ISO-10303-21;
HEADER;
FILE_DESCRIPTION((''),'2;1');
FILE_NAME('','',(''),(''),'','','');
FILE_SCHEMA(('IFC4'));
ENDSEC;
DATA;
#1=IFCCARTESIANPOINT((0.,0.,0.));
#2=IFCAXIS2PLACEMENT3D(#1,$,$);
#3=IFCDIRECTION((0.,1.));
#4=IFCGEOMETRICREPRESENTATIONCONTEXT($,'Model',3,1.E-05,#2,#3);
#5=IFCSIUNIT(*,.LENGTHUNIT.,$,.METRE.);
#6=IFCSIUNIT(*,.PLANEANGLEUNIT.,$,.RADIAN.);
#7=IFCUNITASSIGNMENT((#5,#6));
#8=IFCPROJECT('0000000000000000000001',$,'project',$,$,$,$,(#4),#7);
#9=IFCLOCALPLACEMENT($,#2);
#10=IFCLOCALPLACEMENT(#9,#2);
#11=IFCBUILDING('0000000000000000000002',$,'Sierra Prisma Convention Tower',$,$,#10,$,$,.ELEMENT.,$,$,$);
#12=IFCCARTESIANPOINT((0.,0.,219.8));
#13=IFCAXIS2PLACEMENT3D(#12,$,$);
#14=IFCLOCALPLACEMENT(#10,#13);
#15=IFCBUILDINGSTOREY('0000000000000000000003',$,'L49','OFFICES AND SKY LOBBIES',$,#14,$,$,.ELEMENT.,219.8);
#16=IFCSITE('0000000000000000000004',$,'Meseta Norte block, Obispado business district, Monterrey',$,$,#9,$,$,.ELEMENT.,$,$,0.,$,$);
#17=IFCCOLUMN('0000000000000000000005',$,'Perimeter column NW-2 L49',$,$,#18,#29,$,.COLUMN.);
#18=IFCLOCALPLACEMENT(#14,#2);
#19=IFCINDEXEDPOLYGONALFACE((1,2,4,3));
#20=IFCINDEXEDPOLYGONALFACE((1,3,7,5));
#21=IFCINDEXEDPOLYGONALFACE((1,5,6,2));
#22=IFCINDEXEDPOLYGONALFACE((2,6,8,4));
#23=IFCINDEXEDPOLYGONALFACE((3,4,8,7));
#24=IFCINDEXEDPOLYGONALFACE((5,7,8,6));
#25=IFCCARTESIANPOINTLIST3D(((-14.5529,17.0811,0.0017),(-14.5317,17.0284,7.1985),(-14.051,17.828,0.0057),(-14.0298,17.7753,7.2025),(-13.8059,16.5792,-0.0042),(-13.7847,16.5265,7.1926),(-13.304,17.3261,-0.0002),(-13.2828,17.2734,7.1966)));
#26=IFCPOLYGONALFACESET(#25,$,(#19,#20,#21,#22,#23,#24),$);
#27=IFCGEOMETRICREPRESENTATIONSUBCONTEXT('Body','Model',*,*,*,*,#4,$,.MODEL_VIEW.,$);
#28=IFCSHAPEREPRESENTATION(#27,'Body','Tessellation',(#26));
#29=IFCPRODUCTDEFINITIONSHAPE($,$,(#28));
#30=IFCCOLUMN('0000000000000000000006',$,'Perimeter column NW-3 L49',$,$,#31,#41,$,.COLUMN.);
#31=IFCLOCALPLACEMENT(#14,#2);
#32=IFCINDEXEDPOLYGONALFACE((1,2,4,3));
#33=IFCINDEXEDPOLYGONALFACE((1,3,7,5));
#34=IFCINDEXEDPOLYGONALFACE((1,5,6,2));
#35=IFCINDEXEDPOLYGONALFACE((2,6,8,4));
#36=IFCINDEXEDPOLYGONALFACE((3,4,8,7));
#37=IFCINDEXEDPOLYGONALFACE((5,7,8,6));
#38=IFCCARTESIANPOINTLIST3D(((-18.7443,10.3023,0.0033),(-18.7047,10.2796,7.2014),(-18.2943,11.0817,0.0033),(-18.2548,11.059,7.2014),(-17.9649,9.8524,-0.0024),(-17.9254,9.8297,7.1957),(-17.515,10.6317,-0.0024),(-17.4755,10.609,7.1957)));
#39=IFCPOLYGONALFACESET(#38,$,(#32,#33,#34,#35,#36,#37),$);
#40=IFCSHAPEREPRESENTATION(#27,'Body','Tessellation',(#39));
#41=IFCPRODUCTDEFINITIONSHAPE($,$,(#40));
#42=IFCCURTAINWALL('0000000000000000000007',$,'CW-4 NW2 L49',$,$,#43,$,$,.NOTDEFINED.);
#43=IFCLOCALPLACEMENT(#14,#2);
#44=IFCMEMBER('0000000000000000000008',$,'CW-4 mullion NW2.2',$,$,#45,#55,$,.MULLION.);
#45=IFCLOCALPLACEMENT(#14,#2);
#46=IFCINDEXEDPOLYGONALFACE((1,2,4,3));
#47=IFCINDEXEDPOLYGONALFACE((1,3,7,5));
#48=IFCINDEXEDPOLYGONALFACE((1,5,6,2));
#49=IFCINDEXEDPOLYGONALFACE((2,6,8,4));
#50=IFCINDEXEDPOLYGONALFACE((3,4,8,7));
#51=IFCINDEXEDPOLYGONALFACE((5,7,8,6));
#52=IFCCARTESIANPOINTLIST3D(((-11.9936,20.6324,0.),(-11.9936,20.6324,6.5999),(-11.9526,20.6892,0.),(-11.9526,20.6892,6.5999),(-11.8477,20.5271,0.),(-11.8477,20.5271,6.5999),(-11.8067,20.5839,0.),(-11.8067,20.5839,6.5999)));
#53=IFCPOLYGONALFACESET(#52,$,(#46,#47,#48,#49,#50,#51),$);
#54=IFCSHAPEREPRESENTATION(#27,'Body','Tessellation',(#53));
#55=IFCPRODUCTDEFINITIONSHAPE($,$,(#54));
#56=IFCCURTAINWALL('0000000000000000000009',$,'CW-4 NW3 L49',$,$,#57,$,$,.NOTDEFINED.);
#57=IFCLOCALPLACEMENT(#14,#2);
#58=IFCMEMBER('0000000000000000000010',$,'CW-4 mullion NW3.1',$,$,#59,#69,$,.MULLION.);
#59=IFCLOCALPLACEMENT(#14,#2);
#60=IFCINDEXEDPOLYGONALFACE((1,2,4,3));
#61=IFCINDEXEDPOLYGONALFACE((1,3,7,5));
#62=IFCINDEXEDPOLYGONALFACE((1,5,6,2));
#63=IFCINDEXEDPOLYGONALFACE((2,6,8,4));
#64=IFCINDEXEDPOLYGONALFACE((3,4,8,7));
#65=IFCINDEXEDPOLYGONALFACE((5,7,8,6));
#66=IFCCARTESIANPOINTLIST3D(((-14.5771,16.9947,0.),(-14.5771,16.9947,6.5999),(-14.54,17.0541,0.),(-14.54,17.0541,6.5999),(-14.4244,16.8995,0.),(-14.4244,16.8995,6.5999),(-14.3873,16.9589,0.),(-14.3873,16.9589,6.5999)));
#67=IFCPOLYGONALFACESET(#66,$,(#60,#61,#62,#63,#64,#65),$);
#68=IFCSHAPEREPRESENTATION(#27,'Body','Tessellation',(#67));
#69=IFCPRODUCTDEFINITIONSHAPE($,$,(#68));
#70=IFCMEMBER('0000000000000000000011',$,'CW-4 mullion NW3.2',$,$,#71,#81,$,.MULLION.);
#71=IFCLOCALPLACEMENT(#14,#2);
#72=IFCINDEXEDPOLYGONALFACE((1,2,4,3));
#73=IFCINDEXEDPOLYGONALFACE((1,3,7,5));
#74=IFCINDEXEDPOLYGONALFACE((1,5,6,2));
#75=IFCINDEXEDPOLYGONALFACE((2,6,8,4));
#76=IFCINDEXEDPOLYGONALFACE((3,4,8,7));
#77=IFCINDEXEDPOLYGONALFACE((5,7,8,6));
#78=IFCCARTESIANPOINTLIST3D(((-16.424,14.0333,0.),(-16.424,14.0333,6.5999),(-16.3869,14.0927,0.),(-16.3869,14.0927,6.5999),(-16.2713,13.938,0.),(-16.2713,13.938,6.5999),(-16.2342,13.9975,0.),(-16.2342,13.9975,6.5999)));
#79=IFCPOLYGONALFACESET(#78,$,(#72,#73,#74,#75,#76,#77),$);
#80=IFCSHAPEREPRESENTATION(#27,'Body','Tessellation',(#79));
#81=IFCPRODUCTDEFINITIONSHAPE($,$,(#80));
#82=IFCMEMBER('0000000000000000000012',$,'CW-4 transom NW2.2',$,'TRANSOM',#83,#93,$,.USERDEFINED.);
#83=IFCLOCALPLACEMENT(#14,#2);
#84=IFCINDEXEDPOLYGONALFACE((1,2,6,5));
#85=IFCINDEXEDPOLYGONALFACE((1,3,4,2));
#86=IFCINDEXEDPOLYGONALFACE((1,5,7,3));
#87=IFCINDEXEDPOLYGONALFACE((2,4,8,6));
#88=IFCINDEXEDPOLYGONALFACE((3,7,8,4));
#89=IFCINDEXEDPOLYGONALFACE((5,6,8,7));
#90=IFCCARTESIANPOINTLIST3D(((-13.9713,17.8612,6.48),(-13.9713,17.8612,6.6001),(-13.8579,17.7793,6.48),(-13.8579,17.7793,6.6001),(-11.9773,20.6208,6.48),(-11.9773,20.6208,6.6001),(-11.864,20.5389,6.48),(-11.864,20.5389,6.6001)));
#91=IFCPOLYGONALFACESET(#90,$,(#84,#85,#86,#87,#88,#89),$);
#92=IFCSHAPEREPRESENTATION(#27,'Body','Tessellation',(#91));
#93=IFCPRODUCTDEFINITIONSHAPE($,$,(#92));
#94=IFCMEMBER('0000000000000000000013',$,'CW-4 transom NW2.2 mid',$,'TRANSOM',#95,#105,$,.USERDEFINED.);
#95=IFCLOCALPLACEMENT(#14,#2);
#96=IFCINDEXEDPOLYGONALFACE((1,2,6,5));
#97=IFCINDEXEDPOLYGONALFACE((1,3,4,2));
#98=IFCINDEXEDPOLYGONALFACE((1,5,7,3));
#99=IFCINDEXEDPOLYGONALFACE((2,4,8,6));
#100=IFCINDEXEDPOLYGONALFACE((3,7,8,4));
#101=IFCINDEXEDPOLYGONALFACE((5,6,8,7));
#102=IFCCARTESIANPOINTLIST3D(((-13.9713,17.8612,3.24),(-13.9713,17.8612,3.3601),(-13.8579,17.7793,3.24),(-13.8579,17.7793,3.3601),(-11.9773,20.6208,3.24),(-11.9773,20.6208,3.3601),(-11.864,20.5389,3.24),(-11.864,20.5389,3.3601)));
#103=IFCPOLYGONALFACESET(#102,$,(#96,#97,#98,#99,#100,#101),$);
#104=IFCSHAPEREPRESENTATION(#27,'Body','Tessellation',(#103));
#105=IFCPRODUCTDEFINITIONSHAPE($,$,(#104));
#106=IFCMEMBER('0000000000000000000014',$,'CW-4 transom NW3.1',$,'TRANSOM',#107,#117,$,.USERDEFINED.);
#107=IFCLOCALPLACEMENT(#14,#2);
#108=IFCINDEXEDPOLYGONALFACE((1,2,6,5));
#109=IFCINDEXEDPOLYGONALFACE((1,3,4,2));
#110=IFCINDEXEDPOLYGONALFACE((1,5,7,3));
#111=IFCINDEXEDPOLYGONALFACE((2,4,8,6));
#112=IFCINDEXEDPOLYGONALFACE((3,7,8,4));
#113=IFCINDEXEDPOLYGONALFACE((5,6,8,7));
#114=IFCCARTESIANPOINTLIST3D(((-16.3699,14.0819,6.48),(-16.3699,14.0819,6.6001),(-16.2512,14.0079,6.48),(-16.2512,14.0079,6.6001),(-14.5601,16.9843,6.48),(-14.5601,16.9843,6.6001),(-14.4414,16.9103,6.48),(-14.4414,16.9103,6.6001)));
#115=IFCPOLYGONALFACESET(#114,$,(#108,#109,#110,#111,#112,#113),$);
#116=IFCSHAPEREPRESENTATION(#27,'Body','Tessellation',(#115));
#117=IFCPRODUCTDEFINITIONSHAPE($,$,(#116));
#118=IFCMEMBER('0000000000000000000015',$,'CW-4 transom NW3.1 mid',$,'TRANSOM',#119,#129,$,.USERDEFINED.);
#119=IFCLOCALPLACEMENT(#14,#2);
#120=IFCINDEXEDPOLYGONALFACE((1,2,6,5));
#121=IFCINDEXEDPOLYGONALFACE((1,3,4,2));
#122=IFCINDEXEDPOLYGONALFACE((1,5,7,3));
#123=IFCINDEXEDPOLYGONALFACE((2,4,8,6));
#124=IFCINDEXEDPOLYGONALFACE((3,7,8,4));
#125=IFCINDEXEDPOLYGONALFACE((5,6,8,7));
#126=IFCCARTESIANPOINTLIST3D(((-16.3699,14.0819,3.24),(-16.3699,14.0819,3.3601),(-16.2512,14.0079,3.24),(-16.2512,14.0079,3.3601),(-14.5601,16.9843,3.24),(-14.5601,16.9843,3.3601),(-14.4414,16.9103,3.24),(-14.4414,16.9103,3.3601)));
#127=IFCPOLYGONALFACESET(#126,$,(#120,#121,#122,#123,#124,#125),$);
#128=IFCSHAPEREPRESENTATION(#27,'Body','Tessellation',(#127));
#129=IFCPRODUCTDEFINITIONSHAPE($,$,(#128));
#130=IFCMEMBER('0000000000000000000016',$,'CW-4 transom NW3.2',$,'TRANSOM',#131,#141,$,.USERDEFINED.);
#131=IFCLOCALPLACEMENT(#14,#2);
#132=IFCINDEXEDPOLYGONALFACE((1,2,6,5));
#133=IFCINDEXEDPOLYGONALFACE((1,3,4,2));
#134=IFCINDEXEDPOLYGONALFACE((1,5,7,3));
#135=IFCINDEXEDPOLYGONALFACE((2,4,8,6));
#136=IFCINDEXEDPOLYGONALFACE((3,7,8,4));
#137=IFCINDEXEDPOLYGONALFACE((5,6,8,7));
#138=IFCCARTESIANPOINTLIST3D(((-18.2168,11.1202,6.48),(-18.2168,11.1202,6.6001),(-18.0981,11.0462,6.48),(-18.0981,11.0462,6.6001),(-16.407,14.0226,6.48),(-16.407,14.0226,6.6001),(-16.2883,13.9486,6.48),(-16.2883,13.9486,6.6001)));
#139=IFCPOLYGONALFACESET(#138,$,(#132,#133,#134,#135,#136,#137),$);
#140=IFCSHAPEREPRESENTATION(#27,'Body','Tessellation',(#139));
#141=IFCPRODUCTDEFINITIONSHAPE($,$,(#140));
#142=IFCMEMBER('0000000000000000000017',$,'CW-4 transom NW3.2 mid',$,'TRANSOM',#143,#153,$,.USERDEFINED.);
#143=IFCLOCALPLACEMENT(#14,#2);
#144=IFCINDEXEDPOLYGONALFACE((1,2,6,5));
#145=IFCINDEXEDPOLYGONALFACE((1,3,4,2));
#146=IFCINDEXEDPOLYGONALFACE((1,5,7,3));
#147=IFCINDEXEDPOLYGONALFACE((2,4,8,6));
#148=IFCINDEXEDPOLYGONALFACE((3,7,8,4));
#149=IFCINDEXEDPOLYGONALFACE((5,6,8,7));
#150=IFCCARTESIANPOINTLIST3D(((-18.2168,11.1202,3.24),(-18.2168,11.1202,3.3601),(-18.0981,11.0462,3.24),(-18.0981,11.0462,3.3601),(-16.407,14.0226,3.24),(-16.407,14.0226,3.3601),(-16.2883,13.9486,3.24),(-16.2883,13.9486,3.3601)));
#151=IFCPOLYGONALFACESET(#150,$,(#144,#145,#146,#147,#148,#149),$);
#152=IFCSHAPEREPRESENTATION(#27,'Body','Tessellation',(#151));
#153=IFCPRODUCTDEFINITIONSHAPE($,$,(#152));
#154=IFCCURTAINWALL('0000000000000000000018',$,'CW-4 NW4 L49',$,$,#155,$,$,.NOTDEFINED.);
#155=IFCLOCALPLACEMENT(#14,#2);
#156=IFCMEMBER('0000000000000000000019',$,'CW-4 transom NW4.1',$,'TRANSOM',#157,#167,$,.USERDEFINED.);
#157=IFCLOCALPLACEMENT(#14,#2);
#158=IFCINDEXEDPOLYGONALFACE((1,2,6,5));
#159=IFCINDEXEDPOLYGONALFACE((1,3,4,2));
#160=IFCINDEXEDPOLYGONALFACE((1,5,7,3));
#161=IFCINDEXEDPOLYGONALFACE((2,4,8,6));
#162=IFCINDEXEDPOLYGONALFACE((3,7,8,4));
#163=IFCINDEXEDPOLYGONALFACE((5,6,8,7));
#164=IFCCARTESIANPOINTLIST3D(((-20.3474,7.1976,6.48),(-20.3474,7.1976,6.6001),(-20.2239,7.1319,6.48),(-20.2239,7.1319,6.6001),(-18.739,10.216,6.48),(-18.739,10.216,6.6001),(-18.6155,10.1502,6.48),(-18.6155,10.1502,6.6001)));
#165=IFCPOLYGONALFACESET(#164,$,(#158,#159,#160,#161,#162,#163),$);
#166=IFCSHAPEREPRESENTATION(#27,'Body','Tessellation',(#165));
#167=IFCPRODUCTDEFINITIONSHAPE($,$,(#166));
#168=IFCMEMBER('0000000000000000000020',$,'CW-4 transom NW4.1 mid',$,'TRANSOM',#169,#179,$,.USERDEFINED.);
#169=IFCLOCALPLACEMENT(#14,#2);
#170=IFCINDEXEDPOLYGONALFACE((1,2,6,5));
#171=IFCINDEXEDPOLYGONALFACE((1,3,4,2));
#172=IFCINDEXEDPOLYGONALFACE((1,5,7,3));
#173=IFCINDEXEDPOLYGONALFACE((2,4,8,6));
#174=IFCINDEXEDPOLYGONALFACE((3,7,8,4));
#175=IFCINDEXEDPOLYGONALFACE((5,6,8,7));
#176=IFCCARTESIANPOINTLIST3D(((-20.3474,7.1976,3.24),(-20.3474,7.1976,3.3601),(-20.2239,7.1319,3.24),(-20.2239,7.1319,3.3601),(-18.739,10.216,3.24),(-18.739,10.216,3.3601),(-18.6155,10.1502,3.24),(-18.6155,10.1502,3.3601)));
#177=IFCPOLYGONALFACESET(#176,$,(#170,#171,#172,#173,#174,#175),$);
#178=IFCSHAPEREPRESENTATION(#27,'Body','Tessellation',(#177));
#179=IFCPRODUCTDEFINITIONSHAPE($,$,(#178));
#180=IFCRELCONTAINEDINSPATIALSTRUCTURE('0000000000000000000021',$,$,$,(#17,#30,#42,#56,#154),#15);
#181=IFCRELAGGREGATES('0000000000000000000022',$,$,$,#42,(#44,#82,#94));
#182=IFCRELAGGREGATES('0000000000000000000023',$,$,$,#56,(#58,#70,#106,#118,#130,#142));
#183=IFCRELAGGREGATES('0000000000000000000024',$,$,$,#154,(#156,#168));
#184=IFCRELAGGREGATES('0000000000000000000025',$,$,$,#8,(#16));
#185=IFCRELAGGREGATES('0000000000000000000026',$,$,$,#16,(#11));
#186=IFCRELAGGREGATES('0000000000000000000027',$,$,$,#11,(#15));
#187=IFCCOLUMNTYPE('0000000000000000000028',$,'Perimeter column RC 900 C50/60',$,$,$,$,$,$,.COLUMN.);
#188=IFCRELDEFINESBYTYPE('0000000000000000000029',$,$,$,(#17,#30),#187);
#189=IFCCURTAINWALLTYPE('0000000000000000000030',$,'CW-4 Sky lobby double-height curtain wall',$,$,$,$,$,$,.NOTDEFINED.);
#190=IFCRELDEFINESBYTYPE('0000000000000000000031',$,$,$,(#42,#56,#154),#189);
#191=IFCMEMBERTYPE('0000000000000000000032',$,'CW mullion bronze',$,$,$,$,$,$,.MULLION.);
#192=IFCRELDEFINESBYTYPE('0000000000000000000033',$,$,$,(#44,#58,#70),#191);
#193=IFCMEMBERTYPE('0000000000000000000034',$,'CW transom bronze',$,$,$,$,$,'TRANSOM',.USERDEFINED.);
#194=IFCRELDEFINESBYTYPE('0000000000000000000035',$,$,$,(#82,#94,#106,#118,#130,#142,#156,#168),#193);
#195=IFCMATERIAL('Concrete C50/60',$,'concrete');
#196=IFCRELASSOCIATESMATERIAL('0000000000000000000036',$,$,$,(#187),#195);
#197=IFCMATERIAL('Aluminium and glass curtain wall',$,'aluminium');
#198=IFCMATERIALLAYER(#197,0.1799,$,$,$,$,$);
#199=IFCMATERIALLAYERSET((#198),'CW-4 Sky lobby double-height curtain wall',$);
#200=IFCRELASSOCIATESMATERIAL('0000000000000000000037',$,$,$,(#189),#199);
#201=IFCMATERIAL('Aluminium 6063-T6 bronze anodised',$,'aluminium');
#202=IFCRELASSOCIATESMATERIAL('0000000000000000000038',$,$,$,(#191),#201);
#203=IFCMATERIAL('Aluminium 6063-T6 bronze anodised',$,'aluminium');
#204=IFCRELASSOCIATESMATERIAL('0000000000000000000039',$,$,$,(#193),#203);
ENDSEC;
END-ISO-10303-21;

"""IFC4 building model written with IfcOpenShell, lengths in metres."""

from ifc_helpers import new_model, si_unit, direction, frame, origin, origin_2d, place, context, subcontext, project, spatial, rectangle, extrude, clip, halfspace, material, layer, layer_set, material_profile, profile_set, type_object, element, aggregate, save


model = new_model("IFC4")

# Units and contexts
model_context = context("Model", 3, precision=1e-05, world=origin(), true_north=direction((0.0, 1.0)))
body_context = subcontext(model_context, "Body", "Model", "MODEL_VIEW")
ifc_project = project(units=[si_unit("LENGTHUNIT", "METRE"), si_unit("PLANEANGLEUNIT", "RADIAN")], contexts=[model_context])

# Site, building, storey
site_placement = place(None, origin())
site = spatial("IfcSite", under=ifc_project, at=site_placement, Name="Meseta Norte block, Obispado business district, Monterrey", CompositionType="ELEMENT", RefElevation=0.0)
building_placement = place(site_placement, origin())
building = spatial("IfcBuilding", under=site, at=building_placement, Name="Sierra Prisma Convention Tower", CompositionType="ELEMENT")
storey_placement = place(building_placement, frame((0.0, 0.0, 219.8)))
storey = spatial("IfcBuildingStorey", under=building, at=storey_placement, Name="L49", Description="OFFICES AND SKY LOBBIES", CompositionType="ELEMENT", Elevation=219.8)

# Columns
ifc_material_1 = material(Name="Concrete C50/60", Category="concrete")
ifc_material_profile_1 = material_profile(ifc_material_1, rectangle(XDim=0.8999, YDim=0.8999, at=origin_2d()), Name="Perimeter column RC 900 C50/60")
ifc_profile_set_1 = profile_set([ifc_material_profile_1], Name="Concrete C50/60")
column_type = type_object("IfcColumnType", Name="Perimeter column RC 900 C50/60", PredefinedType="COLUMN", material=ifc_profile_set_1)
column_1_placement = place(storey_placement, frame((-13.9285, 17.2036, 0.0), z_axis=(0.00295, -0.007324, 0.999969), x_axis=(0.557725, 0.830014, 0.004434)))
element("IfcColumn", 1, at=column_1_placement, inside=storey, type_object=column_type, Name="Perimeter column NW-2 L49", PredefinedType="COLUMN", context=body_context, shape_type="SweptSolid", body=[
    clip(clip(extrude(rectangle(XDim=0.8999, YDim=0.8999, at=origin_2d()), origin(), (0.0, 0.0, 1.0), 7.2002), halfspace(frame((0.0, 0.0, 0.0007)), True)), halfspace(frame((0.0, 0.0, 7.1978)), False)),
])
column_2_placement = place(storey_placement, frame((-18.1296, 10.467, 0.0), z_axis=(0.005493, -0.003153, 0.99998), x_axis=(0.499992, 0.86603, -0.000016)))
element("IfcColumn", 2, at=column_2_placement, inside=storey, type_object=column_type, Name="Perimeter column NW-3 L49", PredefinedType="COLUMN", context=body_context, shape_type="SweptSolid", body=[
    clip(clip(extrude(rectangle(XDim=0.8999, YDim=0.8999, at=origin_2d()), origin(), (0.0, 0.0, 1.0), 7.2002), halfspace(frame((0.0, 0.0, 0.0005)), True)), halfspace(frame((0.0, 0.0, 7.1987)), False)),
])

# Curtain wall, member
ifc_material_2 = material(Name="Aluminium and glass curtain wall", Category="aluminium")
ifc_layer_1 = layer(ifc_material_2, 0.1799)
ifc_layer_set_1 = layer_set([ifc_layer_1], Name="CW-4 Sky lobby double-height curtain wall")
curtain_wall_type = type_object("IfcCurtainWallType", Name="CW-4 Sky lobby double-height curtain wall", PredefinedType="NOTDEFINED", material=ifc_layer_set_1)
curtain_wall_1_placement = place(storey_placement, origin())
curtain_wall_1 = element("IfcCurtainWall", 3, at=curtain_wall_1_placement, inside=storey, type_object=curtain_wall_type, Name="CW-4 NW2 L49", PredefinedType="NOTDEFINED")
ifc_material_3 = material(Name="Aluminium 6063-T6 bronze anodised", Category="aluminium")
ifc_material_profile_2 = material_profile(ifc_material_3, rectangle(XDim=0.1799, YDim=0.0701, at=origin_2d()), Name="ALU MULLION 70x180")
ifc_profile_set_2 = profile_set([ifc_material_profile_2], Name="Aluminium 6063-T6 bronze anodised")
member_type_1 = type_object("IfcMemberType", Name="CW mullion bronze", PredefinedType="MULLION", material=ifc_profile_set_2)
member_1_placement = place(storey_placement, frame((-11.9001, 20.6082, 0.0), z_axis=(0.0, 0.0, 1.0), x_axis=(0.810572, -0.58564, 0.0)))
member_1 = element("IfcMember", 4, at=member_1_placement, type_object=member_type_1, Name="CW-4 mullion NW2.2", PredefinedType="MULLION", context=body_context, shape_type="SweptSolid", body=[
    extrude(rectangle(XDim=0.1799, YDim=0.0701, at=origin_2d()), origin(), (0.0, 0.0, 1.0), 6.5999),
])

# Curtain wall, members
curtain_wall_2_placement = place(storey_placement, origin())
curtain_wall_2 = element("IfcCurtainWall", 5, at=curtain_wall_2_placement, inside=storey, type_object=curtain_wall_type, Name="CW-4 NW3 L49", PredefinedType="NOTDEFINED")
member_2_placement = place(storey_placement, frame((-14.4822, 16.9768, 0.0), z_axis=(0.0, 0.0, 1.0), x_axis=(0.848516, -0.52917, 0.0)))
member_2 = element("IfcMember", 6, at=member_2_placement, type_object=member_type_1, Name="CW-4 mullion NW3.1", PredefinedType="MULLION", context=body_context, shape_type="SweptSolid", body=[
    extrude(rectangle(XDim=0.1799, YDim=0.0701, at=origin_2d()), origin(), (0.0, 0.0, 1.0), 6.5999),
])
member_3_placement = place(storey_placement, frame((-16.3291, 14.0154, 0.0), z_axis=(0.0, 0.0, 1.0), x_axis=(0.848516, -0.52917, 0.0)))
member_3 = element("IfcMember", 7, at=member_3_placement, type_object=member_type_1, Name="CW-4 mullion NW3.2", PredefinedType="MULLION", context=body_context, shape_type="SweptSolid", body=[
    extrude(rectangle(XDim=0.1799, YDim=0.0701, at=origin_2d()), origin(), (0.0, 0.0, 1.0), 6.5999),
])

# Members
ifc_material_4 = material(Name="Aluminium 6063-T6 bronze anodised", Category="aluminium")
ifc_material_profile_3 = material_profile(ifc_material_4, rectangle(XDim=0.1399, YDim=0.1201, at=origin_2d()), Name="ALU TRANSOM 120x140")
ifc_profile_set_3 = profile_set([ifc_material_profile_3], Name="Aluminium 6063-T6 bronze anodised")
member_type_2 = type_object("IfcMemberType", Name="CW transom bronze", ElementType="TRANSOM", PredefinedType="USERDEFINED", material=ifc_profile_set_3)
member_4_placement = place(storey_placement, frame((-11.9207, 20.5798, 6.54), z_axis=(-0.585666, -0.810553, 0.0), x_axis=(0.810553, -0.585666, 0.0)))
member_4 = element("IfcMember", 8, at=member_4_placement, type_object=member_type_2, Name="CW-4 transom NW2.2", ObjectType="TRANSOM", PredefinedType="USERDEFINED", context=body_context, shape_type="SweptSolid", body=[
    extrude(rectangle(XDim=0.1399, YDim=0.1201, at=origin_2d()), origin(), (0.0, 0.0, 1.0), 3.4045),
])
member_5_placement = place(storey_placement, frame((-11.9207, 20.5798, 3.3), z_axis=(-0.585666, -0.810553, 0.0), x_axis=(0.810553, -0.585666, 0.0)))
member_5 = element("IfcMember", 9, at=member_5_placement, type_object=member_type_2, Name="CW-4 transom NW2.2 mid", ObjectType="TRANSOM", PredefinedType="USERDEFINED", context=body_context, shape_type="SweptSolid", body=[
    extrude(rectangle(XDim=0.1399, YDim=0.1201, at=origin_2d()), origin(), (0.0, 0.0, 1.0), 3.4045),
])
member_6_placement = place(storey_placement, frame((-14.5007, 16.9473, 6.54), z_axis=(-0.529126, -0.848543, 0.0), x_axis=(0.848543, -0.529126, 0.0)))
member_6 = element("IfcMember", 10, at=member_6_placement, type_object=member_type_2, Name="CW-4 transom NW3.1", ObjectType="TRANSOM", PredefinedType="USERDEFINED", context=body_context, shape_type="SweptSolid", body=[
    extrude(rectangle(XDim=0.1399, YDim=0.1201, at=origin_2d()), origin(), (0.0, 0.0, 1.0), 3.4204),
])
member_7_placement = place(storey_placement, frame((-14.5007, 16.9473, 3.3), z_axis=(-0.529126, -0.848543, 0.0), x_axis=(0.848543, -0.529126, 0.0)))
member_7 = element("IfcMember", 11, at=member_7_placement, type_object=member_type_2, Name="CW-4 transom NW3.1 mid", ObjectType="TRANSOM", PredefinedType="USERDEFINED", context=body_context, shape_type="SweptSolid", body=[
    extrude(rectangle(XDim=0.1399, YDim=0.1201, at=origin_2d()), origin(), (0.0, 0.0, 1.0), 3.4204),
])
member_8_placement = place(storey_placement, frame((-16.3477, 13.9856, 6.54), z_axis=(-0.529126, -0.848543, 0.0), x_axis=(0.848543, -0.529126, 0.0)))
member_8 = element("IfcMember", 12, at=member_8_placement, type_object=member_type_2, Name="CW-4 transom NW3.2", ObjectType="TRANSOM", PredefinedType="USERDEFINED", context=body_context, shape_type="SweptSolid", body=[
    extrude(rectangle(XDim=0.1399, YDim=0.1201, at=origin_2d()), origin(), (0.0, 0.0, 1.0), 3.4204),
])
member_9_placement = place(storey_placement, frame((-16.3477, 13.9856, 3.3), z_axis=(-0.529126, -0.848543, 0.0), x_axis=(0.848543, -0.529126, 0.0)))
member_9 = element("IfcMember", 13, at=member_9_placement, type_object=member_type_2, Name="CW-4 transom NW3.2 mid", ObjectType="TRANSOM", PredefinedType="USERDEFINED", context=body_context, shape_type="SweptSolid", body=[
    extrude(rectangle(XDim=0.1399, YDim=0.1201, at=origin_2d()), origin(), (0.0, 0.0, 1.0), 3.4204),
])

# Curtain wall, members
curtain_wall_3_placement = place(storey_placement, origin())
curtain_wall_3 = element("IfcCurtainWall", 14, at=curtain_wall_3_placement, inside=storey, type_object=curtain_wall_type, Name="CW-4 NW4 L49", PredefinedType="NOTDEFINED")
member_10_placement = place(storey_placement, frame((-18.6772, 10.1831, 6.54), z_axis=(-0.470277, -0.882519, 0.0), x_axis=(0.882519, -0.470277, 0.0)))
member_10 = element("IfcMember", 15, at=member_10_placement, type_object=member_type_2, Name="CW-4 transom NW4.1", ObjectType="TRANSOM", PredefinedType="USERDEFINED", context=body_context, shape_type="SweptSolid", body=[
    extrude(rectangle(XDim=0.1399, YDim=0.1201, at=origin_2d()), origin(), (0.0, 0.0, 1.0), 3.4202),
])
member_11_placement = place(storey_placement, frame((-18.6772, 10.1831, 3.3), z_axis=(-0.470277, -0.882519, 0.0), x_axis=(0.882519, -0.470277, 0.0)))
member_11 = element("IfcMember", 16, at=member_11_placement, type_object=member_type_2, Name="CW-4 transom NW4.1 mid", ObjectType="TRANSOM", PredefinedType="USERDEFINED", context=body_context, shape_type="SweptSolid", body=[
    extrude(rectangle(XDim=0.1399, YDim=0.1201, at=origin_2d()), origin(), (0.0, 0.0, 1.0), 3.4202),
])

aggregate(curtain_wall_1, [member_1, member_4, member_5])
aggregate(curtain_wall_2, [member_2, member_3, member_6, member_7, member_8, member_9])
aggregate(curtain_wall_3, [member_10, member_11])

save(model, "model.ifc")
